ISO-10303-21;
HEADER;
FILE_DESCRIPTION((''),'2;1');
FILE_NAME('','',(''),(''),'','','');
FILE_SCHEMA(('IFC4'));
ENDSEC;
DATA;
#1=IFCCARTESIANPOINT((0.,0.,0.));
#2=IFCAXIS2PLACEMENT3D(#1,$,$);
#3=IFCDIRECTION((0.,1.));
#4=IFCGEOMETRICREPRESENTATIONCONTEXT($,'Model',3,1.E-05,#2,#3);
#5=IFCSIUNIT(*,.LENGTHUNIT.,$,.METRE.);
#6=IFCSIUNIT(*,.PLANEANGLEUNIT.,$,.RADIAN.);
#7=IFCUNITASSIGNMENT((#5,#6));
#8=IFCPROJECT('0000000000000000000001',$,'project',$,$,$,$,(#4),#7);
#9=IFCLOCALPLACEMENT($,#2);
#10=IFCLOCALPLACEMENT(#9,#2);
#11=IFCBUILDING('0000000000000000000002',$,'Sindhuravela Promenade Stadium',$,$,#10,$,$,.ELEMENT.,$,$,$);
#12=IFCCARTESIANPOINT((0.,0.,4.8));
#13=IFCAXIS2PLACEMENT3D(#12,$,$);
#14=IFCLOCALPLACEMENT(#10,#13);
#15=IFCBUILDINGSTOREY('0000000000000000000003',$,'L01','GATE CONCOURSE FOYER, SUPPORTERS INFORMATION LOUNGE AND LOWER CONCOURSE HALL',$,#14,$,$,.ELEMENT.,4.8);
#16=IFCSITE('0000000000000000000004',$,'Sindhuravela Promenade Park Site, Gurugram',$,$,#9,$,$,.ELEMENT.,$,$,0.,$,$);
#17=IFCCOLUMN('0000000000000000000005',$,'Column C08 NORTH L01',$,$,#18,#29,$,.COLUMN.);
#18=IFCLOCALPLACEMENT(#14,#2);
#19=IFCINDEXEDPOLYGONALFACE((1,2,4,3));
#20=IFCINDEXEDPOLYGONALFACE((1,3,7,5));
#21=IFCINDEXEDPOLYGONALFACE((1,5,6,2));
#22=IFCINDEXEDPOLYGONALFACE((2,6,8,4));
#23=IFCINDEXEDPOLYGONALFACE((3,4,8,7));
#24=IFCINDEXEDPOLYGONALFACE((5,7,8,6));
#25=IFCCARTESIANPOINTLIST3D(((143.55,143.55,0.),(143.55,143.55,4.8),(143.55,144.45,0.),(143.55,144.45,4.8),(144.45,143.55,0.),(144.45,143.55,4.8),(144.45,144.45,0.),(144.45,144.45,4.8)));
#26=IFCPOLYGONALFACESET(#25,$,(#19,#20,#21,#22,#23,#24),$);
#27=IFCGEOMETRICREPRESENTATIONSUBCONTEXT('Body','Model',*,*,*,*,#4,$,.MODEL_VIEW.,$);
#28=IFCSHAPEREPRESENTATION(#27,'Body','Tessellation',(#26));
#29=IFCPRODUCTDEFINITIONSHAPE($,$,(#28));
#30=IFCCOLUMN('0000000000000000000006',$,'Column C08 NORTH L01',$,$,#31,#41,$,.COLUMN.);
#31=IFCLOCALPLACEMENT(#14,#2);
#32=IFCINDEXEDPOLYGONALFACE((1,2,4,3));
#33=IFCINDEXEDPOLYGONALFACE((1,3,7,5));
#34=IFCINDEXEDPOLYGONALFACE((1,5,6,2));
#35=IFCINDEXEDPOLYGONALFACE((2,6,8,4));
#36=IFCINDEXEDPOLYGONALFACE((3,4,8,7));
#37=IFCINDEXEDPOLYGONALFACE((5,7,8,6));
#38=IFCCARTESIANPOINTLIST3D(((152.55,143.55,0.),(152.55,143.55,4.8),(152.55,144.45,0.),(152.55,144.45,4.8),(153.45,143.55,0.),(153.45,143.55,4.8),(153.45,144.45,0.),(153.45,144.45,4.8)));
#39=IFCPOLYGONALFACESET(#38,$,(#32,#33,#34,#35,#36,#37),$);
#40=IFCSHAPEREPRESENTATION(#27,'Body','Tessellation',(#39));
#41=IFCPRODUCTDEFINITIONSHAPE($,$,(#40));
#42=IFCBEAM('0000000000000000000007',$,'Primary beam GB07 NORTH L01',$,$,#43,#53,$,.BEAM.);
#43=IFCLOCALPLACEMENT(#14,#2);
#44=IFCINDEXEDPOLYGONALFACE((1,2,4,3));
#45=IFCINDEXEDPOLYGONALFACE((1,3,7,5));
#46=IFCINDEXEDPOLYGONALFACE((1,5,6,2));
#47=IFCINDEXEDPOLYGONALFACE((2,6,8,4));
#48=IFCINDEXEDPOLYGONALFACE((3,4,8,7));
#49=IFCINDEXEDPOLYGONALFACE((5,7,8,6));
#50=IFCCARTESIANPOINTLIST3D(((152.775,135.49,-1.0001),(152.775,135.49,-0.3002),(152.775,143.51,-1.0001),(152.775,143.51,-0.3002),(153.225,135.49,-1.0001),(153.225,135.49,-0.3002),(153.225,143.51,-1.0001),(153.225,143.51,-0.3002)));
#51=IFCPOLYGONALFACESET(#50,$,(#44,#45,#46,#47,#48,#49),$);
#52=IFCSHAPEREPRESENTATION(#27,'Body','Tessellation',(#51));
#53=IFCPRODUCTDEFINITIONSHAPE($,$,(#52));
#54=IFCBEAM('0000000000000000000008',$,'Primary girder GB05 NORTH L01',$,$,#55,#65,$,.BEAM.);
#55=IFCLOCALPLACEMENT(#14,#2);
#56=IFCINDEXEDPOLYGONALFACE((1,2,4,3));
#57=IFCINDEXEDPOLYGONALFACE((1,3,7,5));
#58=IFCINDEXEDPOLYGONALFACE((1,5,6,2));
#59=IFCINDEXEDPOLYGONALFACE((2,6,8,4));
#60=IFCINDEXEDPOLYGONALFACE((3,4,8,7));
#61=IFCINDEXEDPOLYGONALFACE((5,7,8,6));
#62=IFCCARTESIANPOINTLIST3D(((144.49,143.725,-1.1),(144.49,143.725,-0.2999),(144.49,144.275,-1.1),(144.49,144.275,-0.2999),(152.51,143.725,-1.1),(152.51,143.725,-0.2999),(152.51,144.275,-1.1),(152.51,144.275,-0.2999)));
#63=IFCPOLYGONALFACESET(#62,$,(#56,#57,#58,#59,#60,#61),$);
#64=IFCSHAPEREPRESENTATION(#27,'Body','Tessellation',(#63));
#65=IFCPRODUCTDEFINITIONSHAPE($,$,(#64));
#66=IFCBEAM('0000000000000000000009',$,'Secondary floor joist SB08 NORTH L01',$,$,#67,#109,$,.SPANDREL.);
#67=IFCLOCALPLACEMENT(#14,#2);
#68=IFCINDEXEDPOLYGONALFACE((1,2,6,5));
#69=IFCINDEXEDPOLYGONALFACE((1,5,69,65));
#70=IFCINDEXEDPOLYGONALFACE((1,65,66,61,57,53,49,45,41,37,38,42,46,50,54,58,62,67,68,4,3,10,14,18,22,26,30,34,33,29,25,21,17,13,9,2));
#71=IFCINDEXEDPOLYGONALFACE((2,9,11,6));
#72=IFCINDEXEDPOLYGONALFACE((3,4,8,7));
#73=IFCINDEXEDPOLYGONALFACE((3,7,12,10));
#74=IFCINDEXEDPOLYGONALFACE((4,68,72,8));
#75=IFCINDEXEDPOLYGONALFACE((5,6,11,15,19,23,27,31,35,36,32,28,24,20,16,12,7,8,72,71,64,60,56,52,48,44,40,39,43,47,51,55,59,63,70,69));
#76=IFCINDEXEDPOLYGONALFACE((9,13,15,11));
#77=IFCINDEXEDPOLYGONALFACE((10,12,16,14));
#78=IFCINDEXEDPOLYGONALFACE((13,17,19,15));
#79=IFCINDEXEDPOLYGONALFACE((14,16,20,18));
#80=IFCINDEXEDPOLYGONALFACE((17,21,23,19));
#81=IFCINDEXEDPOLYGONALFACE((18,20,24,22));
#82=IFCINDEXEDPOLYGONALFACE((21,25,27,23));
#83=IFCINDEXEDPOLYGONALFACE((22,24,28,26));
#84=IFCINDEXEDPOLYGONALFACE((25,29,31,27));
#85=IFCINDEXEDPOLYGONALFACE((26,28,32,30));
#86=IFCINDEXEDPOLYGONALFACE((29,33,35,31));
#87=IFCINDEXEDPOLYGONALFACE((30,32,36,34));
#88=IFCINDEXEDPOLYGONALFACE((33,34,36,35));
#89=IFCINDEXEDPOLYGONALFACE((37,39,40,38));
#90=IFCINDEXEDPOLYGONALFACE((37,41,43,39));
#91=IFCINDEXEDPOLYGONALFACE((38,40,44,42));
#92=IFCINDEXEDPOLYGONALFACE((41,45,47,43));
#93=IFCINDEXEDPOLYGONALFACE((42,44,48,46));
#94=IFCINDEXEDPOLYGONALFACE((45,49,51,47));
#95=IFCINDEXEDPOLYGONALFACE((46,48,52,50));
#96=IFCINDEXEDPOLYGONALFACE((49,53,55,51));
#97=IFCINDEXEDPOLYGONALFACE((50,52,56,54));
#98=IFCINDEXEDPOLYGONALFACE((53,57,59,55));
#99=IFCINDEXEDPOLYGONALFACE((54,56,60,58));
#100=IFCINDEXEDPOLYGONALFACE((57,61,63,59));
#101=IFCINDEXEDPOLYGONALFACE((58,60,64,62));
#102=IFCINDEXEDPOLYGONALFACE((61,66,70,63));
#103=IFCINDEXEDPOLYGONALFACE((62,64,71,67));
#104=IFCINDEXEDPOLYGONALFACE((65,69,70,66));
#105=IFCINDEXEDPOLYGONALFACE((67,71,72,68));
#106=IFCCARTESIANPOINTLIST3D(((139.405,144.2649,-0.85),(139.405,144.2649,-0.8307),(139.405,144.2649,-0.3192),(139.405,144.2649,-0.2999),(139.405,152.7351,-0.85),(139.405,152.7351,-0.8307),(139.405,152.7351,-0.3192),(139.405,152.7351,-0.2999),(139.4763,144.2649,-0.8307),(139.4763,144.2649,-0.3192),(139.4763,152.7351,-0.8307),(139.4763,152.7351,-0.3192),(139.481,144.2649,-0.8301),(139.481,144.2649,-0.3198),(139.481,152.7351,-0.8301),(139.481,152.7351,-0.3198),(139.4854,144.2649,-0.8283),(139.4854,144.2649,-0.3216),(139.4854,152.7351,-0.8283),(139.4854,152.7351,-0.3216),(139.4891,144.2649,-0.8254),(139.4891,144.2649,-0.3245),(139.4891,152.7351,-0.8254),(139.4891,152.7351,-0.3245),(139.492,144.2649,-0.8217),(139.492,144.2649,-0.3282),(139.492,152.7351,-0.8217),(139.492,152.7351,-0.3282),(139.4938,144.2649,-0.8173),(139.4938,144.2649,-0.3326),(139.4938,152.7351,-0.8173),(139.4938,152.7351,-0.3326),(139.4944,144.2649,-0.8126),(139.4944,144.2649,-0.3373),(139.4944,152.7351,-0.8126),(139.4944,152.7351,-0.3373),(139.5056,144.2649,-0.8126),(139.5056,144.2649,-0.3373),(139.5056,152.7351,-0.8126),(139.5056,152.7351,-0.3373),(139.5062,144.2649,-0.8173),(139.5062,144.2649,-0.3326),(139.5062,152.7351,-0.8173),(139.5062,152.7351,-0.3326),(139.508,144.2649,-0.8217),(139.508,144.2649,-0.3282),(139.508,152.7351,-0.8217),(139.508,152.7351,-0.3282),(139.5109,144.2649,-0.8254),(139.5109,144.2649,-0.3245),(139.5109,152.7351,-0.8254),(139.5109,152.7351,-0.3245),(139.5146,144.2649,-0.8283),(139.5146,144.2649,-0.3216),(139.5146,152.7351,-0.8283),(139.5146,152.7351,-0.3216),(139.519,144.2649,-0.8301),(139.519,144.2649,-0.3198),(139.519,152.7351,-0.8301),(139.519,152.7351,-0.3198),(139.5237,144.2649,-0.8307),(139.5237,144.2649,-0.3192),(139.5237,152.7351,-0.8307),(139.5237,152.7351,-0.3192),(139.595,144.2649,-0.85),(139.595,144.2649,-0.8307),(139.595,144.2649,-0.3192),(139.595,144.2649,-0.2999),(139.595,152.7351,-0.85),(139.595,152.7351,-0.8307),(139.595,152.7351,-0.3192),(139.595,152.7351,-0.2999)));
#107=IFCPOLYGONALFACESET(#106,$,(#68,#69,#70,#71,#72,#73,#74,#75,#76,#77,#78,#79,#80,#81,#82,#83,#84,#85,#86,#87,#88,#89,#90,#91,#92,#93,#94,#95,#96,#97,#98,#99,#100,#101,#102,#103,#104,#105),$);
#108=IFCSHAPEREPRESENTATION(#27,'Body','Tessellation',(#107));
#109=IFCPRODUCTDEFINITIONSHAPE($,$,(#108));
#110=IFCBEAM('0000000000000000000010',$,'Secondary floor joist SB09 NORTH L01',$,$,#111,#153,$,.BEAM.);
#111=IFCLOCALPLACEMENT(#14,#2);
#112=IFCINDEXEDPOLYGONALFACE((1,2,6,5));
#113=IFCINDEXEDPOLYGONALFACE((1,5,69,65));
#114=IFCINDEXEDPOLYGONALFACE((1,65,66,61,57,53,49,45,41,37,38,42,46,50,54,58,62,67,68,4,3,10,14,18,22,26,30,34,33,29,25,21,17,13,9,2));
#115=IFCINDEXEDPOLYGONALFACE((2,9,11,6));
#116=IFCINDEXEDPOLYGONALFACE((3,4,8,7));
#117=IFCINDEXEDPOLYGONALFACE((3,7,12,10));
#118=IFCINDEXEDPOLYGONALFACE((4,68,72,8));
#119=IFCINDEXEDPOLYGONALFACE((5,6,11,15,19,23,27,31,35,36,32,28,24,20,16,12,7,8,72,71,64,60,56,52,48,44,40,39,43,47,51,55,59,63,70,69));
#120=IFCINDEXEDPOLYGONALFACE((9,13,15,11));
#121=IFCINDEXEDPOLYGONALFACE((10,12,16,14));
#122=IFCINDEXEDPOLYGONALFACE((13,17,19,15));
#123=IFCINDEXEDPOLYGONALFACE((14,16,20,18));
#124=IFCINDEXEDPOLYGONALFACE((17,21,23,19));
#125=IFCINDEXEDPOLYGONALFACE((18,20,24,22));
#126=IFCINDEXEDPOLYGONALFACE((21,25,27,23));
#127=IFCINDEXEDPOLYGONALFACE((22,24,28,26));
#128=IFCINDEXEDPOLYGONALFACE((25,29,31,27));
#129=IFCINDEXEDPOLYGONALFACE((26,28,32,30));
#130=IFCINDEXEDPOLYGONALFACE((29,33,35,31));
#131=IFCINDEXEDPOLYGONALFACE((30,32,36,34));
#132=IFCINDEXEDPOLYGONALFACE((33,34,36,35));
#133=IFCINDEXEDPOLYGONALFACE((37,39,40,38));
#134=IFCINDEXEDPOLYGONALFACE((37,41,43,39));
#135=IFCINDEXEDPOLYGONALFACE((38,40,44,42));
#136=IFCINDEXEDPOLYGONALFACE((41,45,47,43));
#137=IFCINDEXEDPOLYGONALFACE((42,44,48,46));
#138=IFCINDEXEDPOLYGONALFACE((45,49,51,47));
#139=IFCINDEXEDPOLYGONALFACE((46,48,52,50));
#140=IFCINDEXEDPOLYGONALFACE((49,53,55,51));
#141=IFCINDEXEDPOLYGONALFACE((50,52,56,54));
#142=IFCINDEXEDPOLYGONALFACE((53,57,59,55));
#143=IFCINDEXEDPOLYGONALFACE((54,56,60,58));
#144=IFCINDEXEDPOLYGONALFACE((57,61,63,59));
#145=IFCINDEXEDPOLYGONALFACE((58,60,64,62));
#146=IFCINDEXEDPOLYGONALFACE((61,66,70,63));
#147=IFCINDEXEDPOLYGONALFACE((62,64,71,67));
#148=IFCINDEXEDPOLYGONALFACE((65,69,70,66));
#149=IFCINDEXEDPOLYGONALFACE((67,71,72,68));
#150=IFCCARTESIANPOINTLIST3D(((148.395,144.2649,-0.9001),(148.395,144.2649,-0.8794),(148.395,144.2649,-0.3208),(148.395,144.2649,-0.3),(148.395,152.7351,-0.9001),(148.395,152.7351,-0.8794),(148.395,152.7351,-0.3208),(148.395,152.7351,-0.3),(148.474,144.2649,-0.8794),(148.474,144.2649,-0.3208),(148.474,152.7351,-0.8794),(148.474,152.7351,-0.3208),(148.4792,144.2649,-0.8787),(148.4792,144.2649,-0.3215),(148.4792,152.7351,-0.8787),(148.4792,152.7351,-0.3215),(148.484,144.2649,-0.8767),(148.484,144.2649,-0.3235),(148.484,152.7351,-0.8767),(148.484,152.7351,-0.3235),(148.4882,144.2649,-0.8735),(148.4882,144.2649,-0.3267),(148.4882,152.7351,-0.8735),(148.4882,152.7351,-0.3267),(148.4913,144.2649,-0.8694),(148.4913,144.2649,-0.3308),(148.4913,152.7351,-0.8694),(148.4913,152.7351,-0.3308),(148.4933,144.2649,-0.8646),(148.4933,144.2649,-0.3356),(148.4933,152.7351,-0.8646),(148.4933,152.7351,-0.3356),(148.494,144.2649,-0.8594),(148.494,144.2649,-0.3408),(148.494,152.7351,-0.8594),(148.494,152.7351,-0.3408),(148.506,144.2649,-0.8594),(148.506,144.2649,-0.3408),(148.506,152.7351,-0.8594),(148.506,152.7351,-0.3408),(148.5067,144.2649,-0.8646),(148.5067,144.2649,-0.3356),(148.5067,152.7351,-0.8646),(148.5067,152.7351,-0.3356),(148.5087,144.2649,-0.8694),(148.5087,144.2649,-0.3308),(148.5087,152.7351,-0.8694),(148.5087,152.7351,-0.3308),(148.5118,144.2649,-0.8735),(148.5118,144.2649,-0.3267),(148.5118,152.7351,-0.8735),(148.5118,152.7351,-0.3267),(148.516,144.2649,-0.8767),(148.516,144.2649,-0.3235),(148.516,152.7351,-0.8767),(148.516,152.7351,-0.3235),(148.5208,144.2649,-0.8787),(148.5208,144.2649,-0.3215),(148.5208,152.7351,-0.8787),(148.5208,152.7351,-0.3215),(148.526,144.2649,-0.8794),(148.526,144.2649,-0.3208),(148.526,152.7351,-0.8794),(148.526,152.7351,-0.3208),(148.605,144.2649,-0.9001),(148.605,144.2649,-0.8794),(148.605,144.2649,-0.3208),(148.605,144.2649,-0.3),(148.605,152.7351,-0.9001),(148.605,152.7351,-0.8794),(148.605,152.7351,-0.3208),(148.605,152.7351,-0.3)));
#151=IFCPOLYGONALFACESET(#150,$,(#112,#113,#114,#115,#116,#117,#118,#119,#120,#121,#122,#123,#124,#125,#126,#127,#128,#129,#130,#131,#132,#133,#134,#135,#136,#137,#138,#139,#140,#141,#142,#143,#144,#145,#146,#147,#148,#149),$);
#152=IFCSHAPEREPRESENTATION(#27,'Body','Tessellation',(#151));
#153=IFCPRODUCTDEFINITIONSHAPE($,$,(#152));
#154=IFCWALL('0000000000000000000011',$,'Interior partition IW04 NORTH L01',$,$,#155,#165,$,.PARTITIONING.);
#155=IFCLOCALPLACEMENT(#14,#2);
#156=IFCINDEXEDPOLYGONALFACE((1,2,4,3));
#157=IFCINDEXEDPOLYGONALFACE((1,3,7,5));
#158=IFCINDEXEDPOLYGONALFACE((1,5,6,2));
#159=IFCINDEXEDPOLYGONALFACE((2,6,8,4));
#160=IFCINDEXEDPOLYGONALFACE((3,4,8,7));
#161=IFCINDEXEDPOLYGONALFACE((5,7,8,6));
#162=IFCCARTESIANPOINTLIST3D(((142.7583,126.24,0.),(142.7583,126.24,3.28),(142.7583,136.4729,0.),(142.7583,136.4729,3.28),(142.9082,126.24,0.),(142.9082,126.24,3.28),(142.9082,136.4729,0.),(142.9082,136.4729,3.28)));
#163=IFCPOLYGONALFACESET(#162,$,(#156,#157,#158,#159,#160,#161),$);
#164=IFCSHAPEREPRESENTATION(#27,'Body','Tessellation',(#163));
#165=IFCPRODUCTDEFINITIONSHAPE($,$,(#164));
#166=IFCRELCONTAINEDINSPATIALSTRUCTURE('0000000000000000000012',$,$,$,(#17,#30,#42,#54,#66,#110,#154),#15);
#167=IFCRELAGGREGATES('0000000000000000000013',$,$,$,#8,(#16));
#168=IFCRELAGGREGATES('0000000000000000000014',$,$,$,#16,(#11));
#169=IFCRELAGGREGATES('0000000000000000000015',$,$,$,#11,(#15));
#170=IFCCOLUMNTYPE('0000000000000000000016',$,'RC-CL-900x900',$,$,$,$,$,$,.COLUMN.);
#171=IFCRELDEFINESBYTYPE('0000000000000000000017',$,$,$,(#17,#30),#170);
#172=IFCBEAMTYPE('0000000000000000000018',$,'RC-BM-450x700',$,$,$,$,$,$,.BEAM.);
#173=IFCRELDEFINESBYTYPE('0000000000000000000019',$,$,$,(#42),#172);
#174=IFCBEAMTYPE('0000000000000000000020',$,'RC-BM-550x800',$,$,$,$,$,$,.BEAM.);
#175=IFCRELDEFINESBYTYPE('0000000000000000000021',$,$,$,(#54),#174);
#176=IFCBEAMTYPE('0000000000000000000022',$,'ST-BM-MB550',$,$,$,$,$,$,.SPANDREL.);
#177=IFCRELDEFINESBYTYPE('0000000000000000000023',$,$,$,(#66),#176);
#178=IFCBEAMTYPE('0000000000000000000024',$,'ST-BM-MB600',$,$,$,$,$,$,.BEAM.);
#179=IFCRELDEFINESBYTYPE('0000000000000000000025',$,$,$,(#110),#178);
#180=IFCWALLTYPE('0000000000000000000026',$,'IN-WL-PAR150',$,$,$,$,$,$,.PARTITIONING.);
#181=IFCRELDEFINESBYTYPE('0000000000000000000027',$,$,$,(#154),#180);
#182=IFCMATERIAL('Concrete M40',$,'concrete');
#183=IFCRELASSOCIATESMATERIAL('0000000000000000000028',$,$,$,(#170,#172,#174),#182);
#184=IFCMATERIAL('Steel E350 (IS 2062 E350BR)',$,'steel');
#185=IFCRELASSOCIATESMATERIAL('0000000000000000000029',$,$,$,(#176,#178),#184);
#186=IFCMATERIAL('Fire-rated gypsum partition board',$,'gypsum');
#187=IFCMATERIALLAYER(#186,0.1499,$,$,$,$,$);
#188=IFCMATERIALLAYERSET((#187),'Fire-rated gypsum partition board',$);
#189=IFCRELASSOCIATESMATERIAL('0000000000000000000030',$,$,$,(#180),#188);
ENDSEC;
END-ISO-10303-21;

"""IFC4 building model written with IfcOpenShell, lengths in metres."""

from ifc_helpers import new_model, si_unit, direction, frame, frame_2d, origin, origin_2d, place, context, subcontext, project, spatial, rectangle, i_section, extrude, material, layer, layer_set, material_profile, profile_set, type_object, element, save


model = new_model("IFC4")

# Units and contexts
model_context = context("Model", 3, precision=1e-05, world=origin(), true_north=direction((0.0, 1.0)))
body_context = subcontext(model_context, "Body", "Model", "MODEL_VIEW")
ifc_project = project(units=[si_unit("LENGTHUNIT", "METRE"), si_unit("PLANEANGLEUNIT", "RADIAN")], contexts=[model_context])

# Site, building, storey
site_placement = place(None, origin())
site = spatial("IfcSite", under=ifc_project, at=site_placement, Name="Sindhuravela Promenade Park Site, Gurugram", CompositionType="ELEMENT", RefElevation=0.0)
building_placement = place(site_placement, origin())
building = spatial("IfcBuilding", under=site, at=building_placement, Name="Sindhuravela Promenade Stadium", CompositionType="ELEMENT")
storey_placement = place(building_placement, frame((0.0, 0.0, 4.8)))
storey = spatial("IfcBuildingStorey", under=building, at=storey_placement, Name="L01", Description="GATE CONCOURSE FOYER, SUPPORTERS INFORMATION LOUNGE AND LOWER CONCOURSE HALL", CompositionType="ELEMENT", Elevation=4.8)

# Columns
ifc_material_1 = material(Name="Concrete M40", Category="concrete")
ifc_material_profile_1 = material_profile(ifc_material_1, rectangle(XDim=0.8999, YDim=0.8999, at=origin_2d()), Name="RC 900x900")
ifc_profile_set_1 = profile_set([ifc_material_profile_1], Name="Concrete M40")
column_type = type_object("IfcColumnType", Name="RC-CL-900x900", PredefinedType="COLUMN", material=ifc_profile_set_1)
for number, where, z_axis, x_axis, name in (
    (1, (144.0, 144.0, 0.0), (0.0, 0.0, 1.0), (1.0, 0.0, 0.0), "Column C08 NORTH L01"),
    (2, (153.0, 144.0, 0.0), (0.0, 0.0, 1.0), (1.0, 0.0, 0.0), "Column C08 NORTH L01"),
):
    element("IfcColumn", number, at=place(storey_placement, frame(where, z_axis=z_axis, x_axis=x_axis)), inside=storey, type_object=column_type, Name=name, PredefinedType="COLUMN", context=body_context, shape_type="SweptSolid", body=[
        extrude(rectangle(XDim=0.8999, YDim=0.8999, at=origin_2d()), origin(), (0.0, 0.0, 1.0), 4.8),
    ])

# Beams
ifc_material_profile_2 = material_profile(ifc_material_1, rectangle(XDim=0.45, YDim=0.7, at=origin_2d()), Name="RC 450x700")
ifc_profile_set_2 = profile_set([ifc_material_profile_2], Name="Concrete M40")
beam_type_1 = type_object("IfcBeamType", Name="RC-BM-450x700", PredefinedType="BEAM", material=ifc_profile_set_2)
beam_1_placement = place(storey_placement, frame((153.0, 135.49, -0.6501), z_axis=(0.0, 1.0, 0.0), x_axis=(-1.0, 0.0, 0.0)))
element("IfcBeam", 3, at=beam_1_placement, inside=storey, type_object=beam_type_1, Name="Primary beam GB07 NORTH L01", PredefinedType="BEAM", context=body_context, shape_type="SweptSolid", body=[
    extrude(rectangle(XDim=0.45, YDim=0.7, at=origin_2d()), origin(), (0.0, 0.0, 1.0), 8.02),
])
ifc_material_profile_3 = material_profile(ifc_material_1, rectangle(XDim=0.55, YDim=0.8, at=origin_2d()), Name="RC 550x800")
ifc_profile_set_3 = profile_set([ifc_material_profile_3], Name="Concrete M40")
beam_type_2 = type_object("IfcBeamType", Name="RC-BM-550x800", PredefinedType="BEAM", material=ifc_profile_set_3)
beam_2_placement = place(storey_placement, frame((144.49, 144.0, -0.7), z_axis=(1.0, 0.0, 0.0), x_axis=(0.0, 1.0, 0.0)))
element("IfcBeam", 4, at=beam_2_placement, inside=storey, type_object=beam_type_2, Name="Primary girder GB05 NORTH L01", PredefinedType="BEAM", context=body_context, shape_type="SweptSolid", body=[
    extrude(rectangle(XDim=0.55, YDim=0.8, at=origin_2d()), origin(), (0.0, 0.0, 1.0), 8.02),
])
ifc_material_2 = material(Name="Steel E350 (IS 2062 E350BR)", Category="steel")
ifc_material_profile_4 = material_profile(ifc_material_2, i_section(OverallWidth=0.1899, OverallDepth=0.55, WebThickness=0.0112, FlangeThickness=0.0193, FilletRadius=0.0181, at=origin_2d()), Name="ISMB 550")
ifc_profile_set_4 = profile_set([ifc_material_profile_4], Name="Steel E350 (IS 2062 E350BR)")
beam_type_3 = type_object("IfcBeamType", Name="ST-BM-MB550", PredefinedType="SPANDREL", material=ifc_profile_set_4)
beam_3_placement = place(storey_placement, frame((139.5, 144.2649, -0.575), z_axis=(0.0, 1.0, 0.0), x_axis=(-1.0, 0.0, 0.0)))
element("IfcBeam", 5, at=beam_3_placement, inside=storey, type_object=beam_type_3, Name="Secondary floor joist SB08 NORTH L01", PredefinedType="SPANDREL", context=body_context, shape_type="SweptSolid", body=[
    extrude(i_section(OverallWidth=0.1899, OverallDepth=0.55, WebThickness=0.0112, FlangeThickness=0.0193, FilletRadius=0.0181, at=origin_2d()), origin(), (0.0, 0.0, 1.0), 8.4702),
])
ifc_material_profile_5 = material_profile(ifc_material_2, i_section(OverallWidth=0.21, OverallDepth=0.6001, WebThickness=0.012, FlangeThickness=0.0208, FilletRadius=0.02, at=origin_2d()), Name="ISMB 600")
ifc_profile_set_5 = profile_set([ifc_material_profile_5], Name="Steel E350 (IS 2062 E350BR)")
beam_type_4 = type_object("IfcBeamType", Name="ST-BM-MB600", PredefinedType="BEAM", material=ifc_profile_set_5)
beam_4_placement = place(storey_placement, frame((148.5, 144.2649, -0.6001), z_axis=(0.0, 1.0, 0.0), x_axis=(-1.0, 0.0, 0.0)))
element("IfcBeam", 6, at=beam_4_placement, inside=storey, type_object=beam_type_4, Name="Secondary floor joist SB09 NORTH L01", PredefinedType="BEAM", context=body_context, shape_type="SweptSolid", body=[
    extrude(i_section(OverallWidth=0.21, OverallDepth=0.6001, WebThickness=0.012, FlangeThickness=0.0208, FilletRadius=0.02, at=origin_2d()), origin(), (0.0, 0.0, 1.0), 8.4702),
])

# Wall
ifc_material_3 = material(Name="Fire-rated gypsum partition board", Category="gypsum")
ifc_layer_1 = layer(ifc_material_3, 0.1499)
ifc_layer_set_1 = layer_set([ifc_layer_1], Name="Fire-rated gypsum partition board")
wall_type_1 = type_object("IfcWallType", Name="IN-WL-PAR150", PredefinedType="PARTITIONING", material=ifc_layer_set_1)
wall_1_placement = place(storey_placement, frame((142.8333, 136.4729, 0.0), z_axis=(0.0, 0.0, 1.0), x_axis=(0.0, -1.0, 0.0)))
element("IfcWall", 7, at=wall_1_placement, inside=storey, type_object=wall_type_1, Name="Interior partition IW04 NORTH L01", PredefinedType="PARTITIONING", context=body_context, shape_type="SweptSolid", body=[
    extrude(rectangle(XDim=10.2329, YDim=0.1499, at=frame_2d((5.1165, 0.0))), origin(), (0.0, 0.0, 1.0), 3.28),
])

save(model, "model.ifc")
